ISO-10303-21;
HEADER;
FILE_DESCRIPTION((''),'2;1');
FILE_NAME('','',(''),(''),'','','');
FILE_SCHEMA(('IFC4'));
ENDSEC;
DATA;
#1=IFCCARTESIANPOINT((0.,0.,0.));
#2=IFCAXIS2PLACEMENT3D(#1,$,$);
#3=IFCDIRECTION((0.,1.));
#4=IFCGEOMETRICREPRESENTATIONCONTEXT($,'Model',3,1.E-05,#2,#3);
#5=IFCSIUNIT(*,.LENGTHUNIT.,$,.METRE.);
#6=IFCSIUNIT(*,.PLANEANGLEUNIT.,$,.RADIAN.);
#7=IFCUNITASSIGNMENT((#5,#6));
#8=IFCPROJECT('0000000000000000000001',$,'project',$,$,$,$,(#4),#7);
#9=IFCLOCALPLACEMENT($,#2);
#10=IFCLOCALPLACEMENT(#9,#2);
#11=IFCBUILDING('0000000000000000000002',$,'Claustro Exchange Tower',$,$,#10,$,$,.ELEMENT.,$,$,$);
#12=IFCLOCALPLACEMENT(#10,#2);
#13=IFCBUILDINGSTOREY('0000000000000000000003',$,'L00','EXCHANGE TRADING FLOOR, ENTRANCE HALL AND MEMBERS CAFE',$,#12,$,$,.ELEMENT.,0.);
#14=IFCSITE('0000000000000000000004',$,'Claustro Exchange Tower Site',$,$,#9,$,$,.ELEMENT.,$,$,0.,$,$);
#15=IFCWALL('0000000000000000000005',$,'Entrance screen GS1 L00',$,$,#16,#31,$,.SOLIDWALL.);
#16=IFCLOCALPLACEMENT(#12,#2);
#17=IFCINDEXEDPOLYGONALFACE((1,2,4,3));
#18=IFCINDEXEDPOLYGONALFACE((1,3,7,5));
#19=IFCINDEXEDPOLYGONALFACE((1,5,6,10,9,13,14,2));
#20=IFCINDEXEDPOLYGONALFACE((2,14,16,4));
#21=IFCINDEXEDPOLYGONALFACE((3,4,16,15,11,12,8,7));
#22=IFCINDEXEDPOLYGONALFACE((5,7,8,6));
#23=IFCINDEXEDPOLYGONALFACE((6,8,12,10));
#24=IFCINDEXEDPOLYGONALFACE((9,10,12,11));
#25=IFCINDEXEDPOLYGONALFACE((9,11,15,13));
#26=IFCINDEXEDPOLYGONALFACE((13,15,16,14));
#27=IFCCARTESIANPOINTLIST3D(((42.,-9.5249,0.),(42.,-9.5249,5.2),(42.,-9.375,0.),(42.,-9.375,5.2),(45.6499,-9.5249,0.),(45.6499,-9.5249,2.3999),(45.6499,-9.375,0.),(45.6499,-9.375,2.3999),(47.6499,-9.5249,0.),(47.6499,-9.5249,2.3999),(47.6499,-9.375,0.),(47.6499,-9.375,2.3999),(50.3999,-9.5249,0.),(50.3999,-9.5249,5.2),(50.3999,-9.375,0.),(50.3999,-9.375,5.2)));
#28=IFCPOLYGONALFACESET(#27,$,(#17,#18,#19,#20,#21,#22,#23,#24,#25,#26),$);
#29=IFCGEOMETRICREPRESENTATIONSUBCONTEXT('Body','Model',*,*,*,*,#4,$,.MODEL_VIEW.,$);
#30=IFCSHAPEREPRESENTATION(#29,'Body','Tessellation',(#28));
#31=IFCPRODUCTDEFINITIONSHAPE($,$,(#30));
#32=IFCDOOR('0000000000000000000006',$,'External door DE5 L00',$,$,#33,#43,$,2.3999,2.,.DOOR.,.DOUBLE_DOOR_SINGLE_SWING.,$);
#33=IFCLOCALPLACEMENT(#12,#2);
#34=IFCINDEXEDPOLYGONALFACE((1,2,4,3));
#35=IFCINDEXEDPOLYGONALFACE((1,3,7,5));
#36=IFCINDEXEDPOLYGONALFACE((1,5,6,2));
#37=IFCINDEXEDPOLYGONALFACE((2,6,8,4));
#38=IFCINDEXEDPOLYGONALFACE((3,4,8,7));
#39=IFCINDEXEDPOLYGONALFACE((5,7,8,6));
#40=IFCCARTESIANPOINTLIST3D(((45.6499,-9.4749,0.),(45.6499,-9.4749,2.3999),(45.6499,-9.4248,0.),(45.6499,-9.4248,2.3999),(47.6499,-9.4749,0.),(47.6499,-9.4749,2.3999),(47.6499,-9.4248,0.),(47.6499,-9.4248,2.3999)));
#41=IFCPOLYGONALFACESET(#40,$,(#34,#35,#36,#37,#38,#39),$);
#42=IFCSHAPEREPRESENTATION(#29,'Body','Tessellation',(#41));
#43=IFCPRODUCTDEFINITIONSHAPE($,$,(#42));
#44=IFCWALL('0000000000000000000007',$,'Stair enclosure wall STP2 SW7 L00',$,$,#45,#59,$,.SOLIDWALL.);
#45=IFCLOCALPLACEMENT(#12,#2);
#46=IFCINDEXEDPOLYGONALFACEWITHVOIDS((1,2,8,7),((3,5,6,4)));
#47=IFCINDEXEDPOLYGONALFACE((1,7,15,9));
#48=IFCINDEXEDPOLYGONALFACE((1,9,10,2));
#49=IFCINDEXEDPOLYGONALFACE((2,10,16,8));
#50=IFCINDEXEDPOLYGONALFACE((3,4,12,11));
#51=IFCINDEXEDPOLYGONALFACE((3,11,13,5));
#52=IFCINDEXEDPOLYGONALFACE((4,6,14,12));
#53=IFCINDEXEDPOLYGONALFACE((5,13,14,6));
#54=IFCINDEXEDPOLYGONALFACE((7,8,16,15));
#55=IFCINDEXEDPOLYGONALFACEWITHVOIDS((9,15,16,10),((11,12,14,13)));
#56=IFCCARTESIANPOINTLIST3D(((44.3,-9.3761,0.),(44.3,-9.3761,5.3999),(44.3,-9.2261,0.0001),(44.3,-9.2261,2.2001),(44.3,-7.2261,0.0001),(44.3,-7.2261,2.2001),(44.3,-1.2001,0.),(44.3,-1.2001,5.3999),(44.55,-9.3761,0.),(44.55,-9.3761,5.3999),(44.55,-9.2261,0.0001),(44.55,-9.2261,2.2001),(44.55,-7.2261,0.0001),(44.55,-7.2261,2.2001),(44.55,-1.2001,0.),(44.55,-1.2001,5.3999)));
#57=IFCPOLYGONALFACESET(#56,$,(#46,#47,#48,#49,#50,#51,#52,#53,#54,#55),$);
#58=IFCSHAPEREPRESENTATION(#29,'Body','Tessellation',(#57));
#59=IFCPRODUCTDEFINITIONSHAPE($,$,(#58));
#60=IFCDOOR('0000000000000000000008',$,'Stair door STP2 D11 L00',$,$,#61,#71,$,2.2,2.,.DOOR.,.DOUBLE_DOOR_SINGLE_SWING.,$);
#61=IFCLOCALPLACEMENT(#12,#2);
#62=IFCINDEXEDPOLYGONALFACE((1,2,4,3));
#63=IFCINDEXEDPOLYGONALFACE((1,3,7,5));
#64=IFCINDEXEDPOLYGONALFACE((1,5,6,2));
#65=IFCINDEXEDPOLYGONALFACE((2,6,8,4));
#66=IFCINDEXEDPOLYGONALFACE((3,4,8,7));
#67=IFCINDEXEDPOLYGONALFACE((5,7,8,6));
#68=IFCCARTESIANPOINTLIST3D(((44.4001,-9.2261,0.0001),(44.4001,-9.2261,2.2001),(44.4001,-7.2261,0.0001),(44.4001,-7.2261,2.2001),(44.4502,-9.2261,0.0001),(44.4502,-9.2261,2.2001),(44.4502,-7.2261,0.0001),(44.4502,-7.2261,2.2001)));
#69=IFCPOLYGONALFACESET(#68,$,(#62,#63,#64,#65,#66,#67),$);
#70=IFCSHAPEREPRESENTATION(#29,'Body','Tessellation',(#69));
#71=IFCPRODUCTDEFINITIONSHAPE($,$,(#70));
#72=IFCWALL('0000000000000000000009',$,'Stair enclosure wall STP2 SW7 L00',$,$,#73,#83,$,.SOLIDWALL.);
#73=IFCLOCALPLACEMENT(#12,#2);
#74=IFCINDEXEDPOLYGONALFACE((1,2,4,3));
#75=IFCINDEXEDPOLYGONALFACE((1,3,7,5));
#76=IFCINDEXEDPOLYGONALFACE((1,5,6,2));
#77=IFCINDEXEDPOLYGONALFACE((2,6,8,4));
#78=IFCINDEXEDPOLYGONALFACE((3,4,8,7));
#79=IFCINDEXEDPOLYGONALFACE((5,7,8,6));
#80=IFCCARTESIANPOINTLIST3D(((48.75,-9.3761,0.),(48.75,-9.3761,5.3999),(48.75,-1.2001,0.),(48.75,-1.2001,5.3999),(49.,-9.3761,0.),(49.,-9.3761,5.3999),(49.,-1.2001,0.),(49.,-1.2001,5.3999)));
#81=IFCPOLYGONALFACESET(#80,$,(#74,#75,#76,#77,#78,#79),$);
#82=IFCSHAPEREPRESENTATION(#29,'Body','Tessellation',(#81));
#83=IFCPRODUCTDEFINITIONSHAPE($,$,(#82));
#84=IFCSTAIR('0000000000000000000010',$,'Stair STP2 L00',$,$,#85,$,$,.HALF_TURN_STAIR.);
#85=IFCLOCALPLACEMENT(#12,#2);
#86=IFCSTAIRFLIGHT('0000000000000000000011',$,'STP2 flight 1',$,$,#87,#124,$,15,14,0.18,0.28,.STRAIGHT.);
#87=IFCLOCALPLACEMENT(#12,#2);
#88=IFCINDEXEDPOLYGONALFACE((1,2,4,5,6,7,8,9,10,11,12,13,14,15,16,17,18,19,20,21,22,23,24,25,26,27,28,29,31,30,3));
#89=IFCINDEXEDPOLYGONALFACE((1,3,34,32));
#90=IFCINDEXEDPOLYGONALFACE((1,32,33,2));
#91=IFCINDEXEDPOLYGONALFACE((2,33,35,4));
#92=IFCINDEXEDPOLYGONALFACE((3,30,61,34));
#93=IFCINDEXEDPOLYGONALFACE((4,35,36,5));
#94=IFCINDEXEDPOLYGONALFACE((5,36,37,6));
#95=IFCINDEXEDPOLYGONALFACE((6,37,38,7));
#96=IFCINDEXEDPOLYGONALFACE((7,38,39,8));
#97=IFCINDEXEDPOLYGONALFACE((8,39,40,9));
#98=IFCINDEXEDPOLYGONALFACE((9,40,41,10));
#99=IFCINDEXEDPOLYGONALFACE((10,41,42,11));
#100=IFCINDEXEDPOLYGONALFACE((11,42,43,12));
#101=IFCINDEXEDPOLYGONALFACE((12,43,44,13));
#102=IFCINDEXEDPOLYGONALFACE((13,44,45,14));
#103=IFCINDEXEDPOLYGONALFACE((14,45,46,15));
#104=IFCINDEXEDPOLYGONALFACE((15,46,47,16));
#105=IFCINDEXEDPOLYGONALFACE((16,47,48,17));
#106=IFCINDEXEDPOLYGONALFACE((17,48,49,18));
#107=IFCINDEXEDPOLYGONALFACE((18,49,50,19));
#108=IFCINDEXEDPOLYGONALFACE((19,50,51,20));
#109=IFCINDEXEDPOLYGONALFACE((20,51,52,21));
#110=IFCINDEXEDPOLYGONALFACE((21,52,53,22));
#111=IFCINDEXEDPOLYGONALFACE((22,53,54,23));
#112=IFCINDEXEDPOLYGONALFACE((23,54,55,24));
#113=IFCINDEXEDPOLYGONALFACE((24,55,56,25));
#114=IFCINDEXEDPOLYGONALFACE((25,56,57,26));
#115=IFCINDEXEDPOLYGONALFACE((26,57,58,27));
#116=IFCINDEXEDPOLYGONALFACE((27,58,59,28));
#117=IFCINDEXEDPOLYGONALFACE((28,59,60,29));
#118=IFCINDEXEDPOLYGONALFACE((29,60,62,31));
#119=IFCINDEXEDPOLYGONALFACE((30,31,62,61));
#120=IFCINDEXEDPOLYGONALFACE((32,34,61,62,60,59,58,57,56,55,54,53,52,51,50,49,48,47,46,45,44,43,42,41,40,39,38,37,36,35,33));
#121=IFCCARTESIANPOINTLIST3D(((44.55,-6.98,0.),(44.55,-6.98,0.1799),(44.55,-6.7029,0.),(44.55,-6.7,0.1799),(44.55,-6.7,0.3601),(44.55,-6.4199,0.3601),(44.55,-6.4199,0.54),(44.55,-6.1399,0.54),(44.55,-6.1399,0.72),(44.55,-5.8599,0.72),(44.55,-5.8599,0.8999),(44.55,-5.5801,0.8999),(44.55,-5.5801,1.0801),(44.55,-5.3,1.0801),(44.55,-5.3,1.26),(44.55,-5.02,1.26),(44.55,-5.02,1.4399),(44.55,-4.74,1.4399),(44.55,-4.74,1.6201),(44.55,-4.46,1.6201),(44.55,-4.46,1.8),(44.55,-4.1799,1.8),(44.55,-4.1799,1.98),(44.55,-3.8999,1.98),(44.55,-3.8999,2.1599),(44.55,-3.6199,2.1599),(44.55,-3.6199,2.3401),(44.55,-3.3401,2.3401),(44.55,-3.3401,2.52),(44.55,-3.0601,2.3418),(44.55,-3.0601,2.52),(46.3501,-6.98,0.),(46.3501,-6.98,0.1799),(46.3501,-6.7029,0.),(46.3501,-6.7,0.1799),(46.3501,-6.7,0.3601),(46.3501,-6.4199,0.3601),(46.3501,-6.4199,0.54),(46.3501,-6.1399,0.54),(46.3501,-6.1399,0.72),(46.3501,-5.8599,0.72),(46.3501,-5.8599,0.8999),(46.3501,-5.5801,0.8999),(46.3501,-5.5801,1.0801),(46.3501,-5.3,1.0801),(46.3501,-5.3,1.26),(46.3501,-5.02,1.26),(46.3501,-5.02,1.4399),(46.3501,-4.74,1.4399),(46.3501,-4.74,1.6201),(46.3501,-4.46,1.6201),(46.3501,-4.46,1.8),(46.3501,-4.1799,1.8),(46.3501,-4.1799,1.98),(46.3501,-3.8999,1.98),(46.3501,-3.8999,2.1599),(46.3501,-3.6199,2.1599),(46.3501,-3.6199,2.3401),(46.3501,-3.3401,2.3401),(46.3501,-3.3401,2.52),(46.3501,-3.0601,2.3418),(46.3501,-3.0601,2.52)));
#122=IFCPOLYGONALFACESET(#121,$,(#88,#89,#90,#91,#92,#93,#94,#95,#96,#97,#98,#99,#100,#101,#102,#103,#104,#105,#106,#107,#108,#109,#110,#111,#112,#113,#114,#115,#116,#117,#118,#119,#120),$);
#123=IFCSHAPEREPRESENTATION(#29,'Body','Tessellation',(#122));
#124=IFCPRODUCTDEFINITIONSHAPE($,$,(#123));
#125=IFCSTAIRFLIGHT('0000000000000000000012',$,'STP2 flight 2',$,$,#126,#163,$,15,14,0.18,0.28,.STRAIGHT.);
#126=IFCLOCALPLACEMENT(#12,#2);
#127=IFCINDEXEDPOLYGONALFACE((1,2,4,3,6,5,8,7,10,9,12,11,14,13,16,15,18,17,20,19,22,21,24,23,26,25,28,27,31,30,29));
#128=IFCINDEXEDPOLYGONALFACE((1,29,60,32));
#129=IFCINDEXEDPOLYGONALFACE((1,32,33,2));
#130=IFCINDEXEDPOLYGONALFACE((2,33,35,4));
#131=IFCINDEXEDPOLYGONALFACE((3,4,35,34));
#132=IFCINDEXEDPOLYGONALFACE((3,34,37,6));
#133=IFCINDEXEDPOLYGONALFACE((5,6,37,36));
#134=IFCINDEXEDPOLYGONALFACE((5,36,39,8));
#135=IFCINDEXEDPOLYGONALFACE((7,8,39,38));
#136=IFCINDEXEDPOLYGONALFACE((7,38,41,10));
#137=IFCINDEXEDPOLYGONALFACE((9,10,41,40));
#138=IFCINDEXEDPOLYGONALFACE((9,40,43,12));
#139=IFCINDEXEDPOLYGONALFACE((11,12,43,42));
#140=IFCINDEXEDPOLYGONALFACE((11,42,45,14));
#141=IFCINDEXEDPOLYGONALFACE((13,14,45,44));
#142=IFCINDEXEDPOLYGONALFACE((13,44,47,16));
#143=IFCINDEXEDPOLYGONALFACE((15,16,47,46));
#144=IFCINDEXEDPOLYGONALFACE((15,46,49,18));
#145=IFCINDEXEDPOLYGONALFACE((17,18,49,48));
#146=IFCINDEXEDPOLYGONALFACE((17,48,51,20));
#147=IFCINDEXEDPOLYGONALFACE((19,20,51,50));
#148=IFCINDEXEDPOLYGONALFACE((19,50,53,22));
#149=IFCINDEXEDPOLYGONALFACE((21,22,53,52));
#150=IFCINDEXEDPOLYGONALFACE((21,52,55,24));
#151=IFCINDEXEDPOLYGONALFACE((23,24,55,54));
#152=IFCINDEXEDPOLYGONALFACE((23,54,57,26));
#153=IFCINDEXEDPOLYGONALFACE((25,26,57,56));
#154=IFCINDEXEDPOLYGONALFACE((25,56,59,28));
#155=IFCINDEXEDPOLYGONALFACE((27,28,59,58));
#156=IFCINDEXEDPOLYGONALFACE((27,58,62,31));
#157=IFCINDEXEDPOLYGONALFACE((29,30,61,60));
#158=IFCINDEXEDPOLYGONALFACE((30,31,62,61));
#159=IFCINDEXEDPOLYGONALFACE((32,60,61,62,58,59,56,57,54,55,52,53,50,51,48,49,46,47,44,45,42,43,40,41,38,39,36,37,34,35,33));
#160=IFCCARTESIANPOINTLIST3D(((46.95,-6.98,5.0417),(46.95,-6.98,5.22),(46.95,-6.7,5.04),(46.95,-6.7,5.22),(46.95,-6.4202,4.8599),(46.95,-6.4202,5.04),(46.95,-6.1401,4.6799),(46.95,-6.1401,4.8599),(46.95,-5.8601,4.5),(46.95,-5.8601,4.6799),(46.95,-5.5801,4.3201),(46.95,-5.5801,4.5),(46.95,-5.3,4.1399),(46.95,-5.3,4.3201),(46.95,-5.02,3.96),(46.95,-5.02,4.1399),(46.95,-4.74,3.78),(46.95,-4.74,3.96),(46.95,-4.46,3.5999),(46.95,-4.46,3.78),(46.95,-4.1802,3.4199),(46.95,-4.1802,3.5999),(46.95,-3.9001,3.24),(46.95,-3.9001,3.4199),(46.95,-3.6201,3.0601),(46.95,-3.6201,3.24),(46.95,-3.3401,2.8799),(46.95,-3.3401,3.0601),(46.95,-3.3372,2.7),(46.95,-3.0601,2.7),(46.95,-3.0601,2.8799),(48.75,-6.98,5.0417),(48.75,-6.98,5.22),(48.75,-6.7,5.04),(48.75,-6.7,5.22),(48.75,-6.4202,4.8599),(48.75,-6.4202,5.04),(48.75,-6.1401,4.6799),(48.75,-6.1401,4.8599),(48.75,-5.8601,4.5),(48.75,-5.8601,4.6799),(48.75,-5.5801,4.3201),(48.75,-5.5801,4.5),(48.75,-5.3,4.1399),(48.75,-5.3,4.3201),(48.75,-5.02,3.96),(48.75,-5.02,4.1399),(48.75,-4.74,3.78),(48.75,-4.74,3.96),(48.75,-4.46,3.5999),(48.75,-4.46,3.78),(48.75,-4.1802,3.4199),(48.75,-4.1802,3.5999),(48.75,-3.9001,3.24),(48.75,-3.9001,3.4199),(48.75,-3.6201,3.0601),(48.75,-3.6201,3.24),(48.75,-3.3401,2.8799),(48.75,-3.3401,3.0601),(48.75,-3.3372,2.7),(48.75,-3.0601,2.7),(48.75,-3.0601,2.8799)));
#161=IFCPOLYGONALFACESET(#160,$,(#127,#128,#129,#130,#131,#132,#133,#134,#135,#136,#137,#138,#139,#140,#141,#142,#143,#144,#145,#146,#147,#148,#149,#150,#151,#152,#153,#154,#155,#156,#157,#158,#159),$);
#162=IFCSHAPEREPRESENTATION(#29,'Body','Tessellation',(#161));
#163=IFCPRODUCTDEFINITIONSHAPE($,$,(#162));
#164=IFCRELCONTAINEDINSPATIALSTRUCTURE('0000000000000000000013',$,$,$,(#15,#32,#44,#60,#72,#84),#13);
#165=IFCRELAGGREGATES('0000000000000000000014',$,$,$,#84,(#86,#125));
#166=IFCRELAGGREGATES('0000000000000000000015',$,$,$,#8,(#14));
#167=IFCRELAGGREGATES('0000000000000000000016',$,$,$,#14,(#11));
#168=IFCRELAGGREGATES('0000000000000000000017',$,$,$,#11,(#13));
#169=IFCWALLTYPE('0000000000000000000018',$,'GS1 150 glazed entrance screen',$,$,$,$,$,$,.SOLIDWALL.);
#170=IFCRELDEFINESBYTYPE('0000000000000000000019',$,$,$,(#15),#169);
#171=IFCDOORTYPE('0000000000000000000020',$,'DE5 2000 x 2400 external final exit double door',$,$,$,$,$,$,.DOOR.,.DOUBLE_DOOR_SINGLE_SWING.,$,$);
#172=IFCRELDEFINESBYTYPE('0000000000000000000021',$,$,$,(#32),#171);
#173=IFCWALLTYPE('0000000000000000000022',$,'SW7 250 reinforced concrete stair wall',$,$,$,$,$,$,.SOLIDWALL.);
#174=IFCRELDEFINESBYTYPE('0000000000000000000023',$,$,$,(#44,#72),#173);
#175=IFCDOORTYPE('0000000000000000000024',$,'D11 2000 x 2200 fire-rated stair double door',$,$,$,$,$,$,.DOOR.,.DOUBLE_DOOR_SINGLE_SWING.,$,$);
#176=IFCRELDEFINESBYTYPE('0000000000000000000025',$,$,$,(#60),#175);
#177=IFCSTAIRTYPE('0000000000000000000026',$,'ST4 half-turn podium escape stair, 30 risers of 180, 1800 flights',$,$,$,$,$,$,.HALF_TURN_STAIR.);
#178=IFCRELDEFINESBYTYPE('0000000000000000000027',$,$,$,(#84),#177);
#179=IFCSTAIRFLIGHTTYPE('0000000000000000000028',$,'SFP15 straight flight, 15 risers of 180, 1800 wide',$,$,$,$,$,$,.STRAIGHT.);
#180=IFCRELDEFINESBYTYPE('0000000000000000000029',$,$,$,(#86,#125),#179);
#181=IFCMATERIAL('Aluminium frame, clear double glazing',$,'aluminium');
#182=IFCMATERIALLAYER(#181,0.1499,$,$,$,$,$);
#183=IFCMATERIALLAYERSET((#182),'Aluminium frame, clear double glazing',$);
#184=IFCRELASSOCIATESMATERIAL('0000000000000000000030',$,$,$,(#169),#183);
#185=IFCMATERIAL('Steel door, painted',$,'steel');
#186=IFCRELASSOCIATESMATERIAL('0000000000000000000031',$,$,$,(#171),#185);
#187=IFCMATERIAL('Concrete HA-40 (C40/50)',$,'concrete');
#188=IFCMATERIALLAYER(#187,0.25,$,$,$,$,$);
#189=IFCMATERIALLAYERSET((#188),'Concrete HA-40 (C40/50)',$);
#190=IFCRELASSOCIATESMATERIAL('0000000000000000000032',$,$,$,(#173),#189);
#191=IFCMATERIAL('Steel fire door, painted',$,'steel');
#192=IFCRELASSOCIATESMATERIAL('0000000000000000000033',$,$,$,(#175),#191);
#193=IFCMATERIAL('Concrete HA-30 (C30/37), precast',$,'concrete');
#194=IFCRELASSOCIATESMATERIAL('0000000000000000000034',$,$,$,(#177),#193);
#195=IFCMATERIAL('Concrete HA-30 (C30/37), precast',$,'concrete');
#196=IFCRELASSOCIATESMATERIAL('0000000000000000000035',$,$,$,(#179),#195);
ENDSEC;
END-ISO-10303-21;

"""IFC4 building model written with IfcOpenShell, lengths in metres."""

from ifc_helpers import new_model, si_unit, direction, frame, frame_2d, origin, place, context, subcontext, project, spatial, polyline, rectangle, outline, extrude, material, layer, layer_set, type_object, element, fill, aggregate, save


model = new_model("IFC4")

# Units and contexts
model_context = context("Model", 3, precision=1e-05, world=origin(), true_north=direction((0.0, 1.0)))
body_context = subcontext(model_context, "Body", "Model", "MODEL_VIEW")
ifc_project = project(units=[si_unit("LENGTHUNIT", "METRE"), si_unit("PLANEANGLEUNIT", "RADIAN")], contexts=[model_context])

# Site, building, storey
site_placement = place(None, origin())
site = spatial("IfcSite", under=ifc_project, at=site_placement, Name="Claustro Exchange Tower Site", CompositionType="ELEMENT", RefElevation=0.0)
building_placement = place(site_placement, origin())
building = spatial("IfcBuilding", under=site, at=building_placement, Name="Claustro Exchange Tower", CompositionType="ELEMENT")
storey_placement = place(building_placement, origin())
storey = spatial("IfcBuildingStorey", under=building, at=storey_placement, Name="L00", Description="EXCHANGE TRADING FLOOR, ENTRANCE HALL AND MEMBERS CAFE", CompositionType="ELEMENT", Elevation=0.0)

# Walls, openings, doors
ifc_material_1 = material(Name="Aluminium frame, clear double glazing", Category="aluminium")
ifc_layer_1 = layer(ifc_material_1, 0.1499)
ifc_layer_set_1 = layer_set([ifc_layer_1], Name="Aluminium frame, clear double glazing")
wall_type_1 = type_object("IfcWallType", Name="GS1 150 glazed entrance screen", PredefinedType="SOLIDWALL", material=ifc_layer_set_1)
wall_1_placement = place(storey_placement, frame((42.0, -9.45, 0.0), z_axis=(0.0, 0.0, 1.0), x_axis=(1.0, 0.0, 0.0)))
wall_1 = element("IfcWall", 1, at=wall_1_placement, inside=storey, type_object=wall_type_1, Name="Entrance screen GS1 L00", PredefinedType="SOLIDWALL", context=body_context, shape_type="SweptSolid", body=[
    extrude(rectangle(XDim=8.3999, YDim=0.1499, at=frame_2d((4.2, 0.0))), origin(), (0.0, 0.0, 1.0), 5.2),
])
opening_1_placement = place(wall_1_placement, frame((3.6499, 0.0, 0.0)))
opening_1 = element("IfcOpeningElement", 2, at=opening_1_placement, cuts=wall_1, PredefinedType="OPENING", context=body_context, shape_type="SweptSolid", body=[
    extrude(rectangle(XDim=2.0, YDim=2.3999, at=frame_2d((1.0, 1.2))), frame((0.0, 0.085, 0.0), z_axis=(0.0, -1.0, 0.0), x_axis=(1.0, 0.0, 0.0)), (0.0, 0.0, 1.0), 0.1699),
])
ifc_material_2 = material(Name="Steel door, painted", Category="steel")
door_type_1 = type_object("IfcDoorType", Name="DE5 2000 x 2400 external final exit double door", OperationType="DOUBLE_DOOR_SINGLE_SWING", PredefinedType="DOOR", material=ifc_material_2)
door_1_placement = place(opening_1_placement, frame((2.0, 0.0, 0.0), z_axis=(0.0, 0.0, 1.0), x_axis=(-1.0, 0.0, 0.0)))
door_1 = element("IfcDoor", 3, at=door_1_placement, inside=storey, type_object=door_type_1, Name="External door DE5 L00", OperationType="DOUBLE_DOOR_SINGLE_SWING", OverallHeight=2.3999, OverallWidth=2.0, PredefinedType="DOOR", context=body_context, shape_type="SweptSolid", body=[
    extrude(rectangle(XDim=2.0, YDim=2.3999, at=frame_2d((1.0, 1.2))), frame((0.0, 0.0249, 0.0), z_axis=(0.0, -1.0, 0.0), x_axis=(1.0, 0.0, 0.0)), (0.0, 0.0, 1.0), 0.05),
])
fill(opening_1, door_1)
ifc_material_3 = material(Name="Concrete HA-40 (C40/50)", Category="concrete")
ifc_layer_2 = layer(ifc_material_3, 0.25)
ifc_layer_set_2 = layer_set([ifc_layer_2], Name="Concrete HA-40 (C40/50)")
wall_type_2 = type_object("IfcWallType", Name="SW7 250 reinforced concrete stair wall", PredefinedType="SOLIDWALL", material=ifc_layer_set_2)
wall_2_placement = place(storey_placement, frame((44.425, -9.376, 0.0), z_axis=(0.0, 0.0, 1.0), x_axis=(0.0, 1.0, 0.0)))
wall_2 = element("IfcWall", 4, at=wall_2_placement, inside=storey, type_object=wall_type_2, Name="Stair enclosure wall STP2 SW7 L00", PredefinedType="SOLIDWALL", context=body_context, shape_type="SweptSolid", body=[
    extrude(rectangle(XDim=8.176, YDim=0.25, at=frame_2d((4.0879, 0.0))), origin(), (0.0, 0.0, 1.0), 5.3999),
])
opening_2_placement = place(wall_2_placement, frame((0.1499, 0.0, 0.0)))
opening_2 = element("IfcOpeningElement", 5, at=opening_2_placement, cuts=wall_2, PredefinedType="OPENING", context=body_context, shape_type="SweptSolid", body=[
    extrude(rectangle(XDim=2.0, YDim=2.2, at=frame_2d((1.0, 1.1001))), frame((0.0, 0.135, 0.0), z_axis=(0.0, -1.0, 0.0), x_axis=(1.0, 0.0, 0.0)), (0.0, 0.0, 1.0), 0.27),
])
ifc_material_4 = material(Name="Steel fire door, painted", Category="steel")
door_type_2 = type_object("IfcDoorType", Name="D11 2000 x 2200 fire-rated stair double door", OperationType="DOUBLE_DOOR_SINGLE_SWING", PredefinedType="DOOR", material=ifc_material_4)
door_2_placement = place(opening_2_placement, origin())
door_2 = element("IfcDoor", 6, at=door_2_placement, inside=storey, type_object=door_type_2, Name="Stair door STP2 D11 L00", OperationType="DOUBLE_DOOR_SINGLE_SWING", OverallHeight=2.2, OverallWidth=2.0, PredefinedType="DOOR", context=body_context, shape_type="SweptSolid", body=[
    extrude(rectangle(XDim=2.0, YDim=2.2, at=frame_2d((1.0, 1.1001))), frame((0.0, 0.0249, 0.0), z_axis=(0.0, -1.0, 0.0), x_axis=(1.0, 0.0, 0.0)), (0.0, 0.0, 1.0), 0.05),
])
fill(opening_2, door_2)

# Wall
wall_3_placement = place(storey_placement, frame((48.875, -9.376, 0.0), z_axis=(0.0, 0.0, 1.0), x_axis=(0.0, 1.0, 0.0)))
element("IfcWall", 7, at=wall_3_placement, inside=storey, type_object=wall_type_2, Name="Stair enclosure wall STP2 SW7 L00", PredefinedType="SOLIDWALL", context=body_context, shape_type="SweptSolid", body=[
    extrude(rectangle(XDim=8.176, YDim=0.25, at=frame_2d((4.0879, 0.0))), origin(), (0.0, 0.0, 1.0), 5.3999),
])

# Stair, stair flights
ifc_material_5 = material(Name="Concrete HA-30 (C30/37), precast", Category="concrete")
stair_type = type_object("IfcStairType", Name="ST4 half-turn podium escape stair, 30 risers of 180, 1800 flights", PredefinedType="HALF_TURN_STAIR", material=ifc_material_5)
stair_placement = place(storey_placement, origin())
stair = element("IfcStair", 8, at=stair_placement, inside=storey, type_object=stair_type, Name="Stair STP2 L00", PredefinedType="HALF_TURN_STAIR")
ifc_material_6 = material(Name="Concrete HA-30 (C30/37), precast", Category="concrete")
stair_flight_type = type_object("IfcStairFlightType", Name="SFP15 straight flight, 15 risers of 180, 1800 wide", PredefinedType="STRAIGHT", material=ifc_material_6)
stair_flight_1_placement = place(storey_placement, frame((45.45, -6.98, 0.0), z_axis=(0.0, 0.0, 1.0), x_axis=(0.0, 1.0, 0.0)))
stair_flight_1 = element("IfcStairFlight", 9, at=stair_flight_1_placement, type_object=stair_flight_type, Name="STP2 flight 1", NumberOfRisers=15, NumberOfTreads=14, PredefinedType="STRAIGHT", RiserHeight=0.18, TreadLength=0.28, context=body_context, shape_type="SweptSolid", body=[
    extrude(outline(polyline([(0.0, 0.0), (0.0, 0.1799), (0.28, 0.1799), (0.28, 0.3601), (0.5601, 0.3601), (0.5601, 0.54), (0.8401, 0.54), (0.8401, 0.72), (1.1201, 0.72), (1.1201, 0.8999), (1.3999, 0.8999), (1.3999, 1.0801), (1.6799, 1.0801), (1.6799, 1.26), (1.96, 1.26), (1.96, 1.4399), (2.24, 1.4399), (2.24, 1.6201), (2.52, 1.6201), (2.52, 1.8), (2.8, 1.8), (2.8, 1.98), (3.0801, 1.98), (3.0801, 2.1599), (3.3601, 2.1599), (3.3601, 2.3401), (3.6399, 2.3401), (3.6399, 2.52), (3.9199, 2.52), (3.9199, 2.7), (3.9199, 2.3418), (0.2771, 0.0), (0.0, 0.0)])), frame((0.0, 0.8999, 0.0), z_axis=(0.0, -1.0, 0.0), x_axis=(1.0, 0.0, 0.0)), (0.0, 0.0, 1.0), 1.8),
])
stair_flight_2_placement = place(storey_placement, frame((47.8501, -3.0601, 2.7), z_axis=(0.0, 0.0, 1.0), x_axis=(0.0, -1.0, 0.0)))
stair_flight_2 = element("IfcStairFlight", 10, at=stair_flight_2_placement, type_object=stair_flight_type, Name="STP2 flight 2", NumberOfRisers=15, NumberOfTreads=14, PredefinedType="STRAIGHT", RiserHeight=0.18, TreadLength=0.28, context=body_context, shape_type="SweptSolid", body=[
    extrude(outline(polyline([(0.0, 0.0), (0.0, 0.1799), (0.28, 0.1799), (0.28, 0.3601), (0.5601, 0.3601), (0.5601, 0.54), (0.8401, 0.54), (0.8401, 0.72), (1.1201, 0.72), (1.1201, 0.8999), (1.3999, 0.8999), (1.3999, 1.0801), (1.6799, 1.0801), (1.6799, 1.26), (1.96, 1.26), (1.96, 1.4399), (2.24, 1.4399), (2.24, 1.6201), (2.52, 1.6201), (2.52, 1.8), (2.8, 1.8), (2.8, 1.98), (3.0801, 1.98), (3.0801, 2.1599), (3.3601, 2.1599), (3.3601, 2.3401), (3.6399, 2.3401), (3.6399, 2.52), (3.9199, 2.52), (3.9199, 2.7), (3.9199, 2.3418), (0.2771, 0.0), (0.0, 0.0)])), frame((0.0, 0.8999, 0.0), z_axis=(0.0, -1.0, 0.0), x_axis=(1.0, 0.0, 0.0)), (0.0, 0.0, 1.0), 1.8),
])
aggregate(stair, [stair_flight_1, stair_flight_2])

save(model, "model.ifc")
